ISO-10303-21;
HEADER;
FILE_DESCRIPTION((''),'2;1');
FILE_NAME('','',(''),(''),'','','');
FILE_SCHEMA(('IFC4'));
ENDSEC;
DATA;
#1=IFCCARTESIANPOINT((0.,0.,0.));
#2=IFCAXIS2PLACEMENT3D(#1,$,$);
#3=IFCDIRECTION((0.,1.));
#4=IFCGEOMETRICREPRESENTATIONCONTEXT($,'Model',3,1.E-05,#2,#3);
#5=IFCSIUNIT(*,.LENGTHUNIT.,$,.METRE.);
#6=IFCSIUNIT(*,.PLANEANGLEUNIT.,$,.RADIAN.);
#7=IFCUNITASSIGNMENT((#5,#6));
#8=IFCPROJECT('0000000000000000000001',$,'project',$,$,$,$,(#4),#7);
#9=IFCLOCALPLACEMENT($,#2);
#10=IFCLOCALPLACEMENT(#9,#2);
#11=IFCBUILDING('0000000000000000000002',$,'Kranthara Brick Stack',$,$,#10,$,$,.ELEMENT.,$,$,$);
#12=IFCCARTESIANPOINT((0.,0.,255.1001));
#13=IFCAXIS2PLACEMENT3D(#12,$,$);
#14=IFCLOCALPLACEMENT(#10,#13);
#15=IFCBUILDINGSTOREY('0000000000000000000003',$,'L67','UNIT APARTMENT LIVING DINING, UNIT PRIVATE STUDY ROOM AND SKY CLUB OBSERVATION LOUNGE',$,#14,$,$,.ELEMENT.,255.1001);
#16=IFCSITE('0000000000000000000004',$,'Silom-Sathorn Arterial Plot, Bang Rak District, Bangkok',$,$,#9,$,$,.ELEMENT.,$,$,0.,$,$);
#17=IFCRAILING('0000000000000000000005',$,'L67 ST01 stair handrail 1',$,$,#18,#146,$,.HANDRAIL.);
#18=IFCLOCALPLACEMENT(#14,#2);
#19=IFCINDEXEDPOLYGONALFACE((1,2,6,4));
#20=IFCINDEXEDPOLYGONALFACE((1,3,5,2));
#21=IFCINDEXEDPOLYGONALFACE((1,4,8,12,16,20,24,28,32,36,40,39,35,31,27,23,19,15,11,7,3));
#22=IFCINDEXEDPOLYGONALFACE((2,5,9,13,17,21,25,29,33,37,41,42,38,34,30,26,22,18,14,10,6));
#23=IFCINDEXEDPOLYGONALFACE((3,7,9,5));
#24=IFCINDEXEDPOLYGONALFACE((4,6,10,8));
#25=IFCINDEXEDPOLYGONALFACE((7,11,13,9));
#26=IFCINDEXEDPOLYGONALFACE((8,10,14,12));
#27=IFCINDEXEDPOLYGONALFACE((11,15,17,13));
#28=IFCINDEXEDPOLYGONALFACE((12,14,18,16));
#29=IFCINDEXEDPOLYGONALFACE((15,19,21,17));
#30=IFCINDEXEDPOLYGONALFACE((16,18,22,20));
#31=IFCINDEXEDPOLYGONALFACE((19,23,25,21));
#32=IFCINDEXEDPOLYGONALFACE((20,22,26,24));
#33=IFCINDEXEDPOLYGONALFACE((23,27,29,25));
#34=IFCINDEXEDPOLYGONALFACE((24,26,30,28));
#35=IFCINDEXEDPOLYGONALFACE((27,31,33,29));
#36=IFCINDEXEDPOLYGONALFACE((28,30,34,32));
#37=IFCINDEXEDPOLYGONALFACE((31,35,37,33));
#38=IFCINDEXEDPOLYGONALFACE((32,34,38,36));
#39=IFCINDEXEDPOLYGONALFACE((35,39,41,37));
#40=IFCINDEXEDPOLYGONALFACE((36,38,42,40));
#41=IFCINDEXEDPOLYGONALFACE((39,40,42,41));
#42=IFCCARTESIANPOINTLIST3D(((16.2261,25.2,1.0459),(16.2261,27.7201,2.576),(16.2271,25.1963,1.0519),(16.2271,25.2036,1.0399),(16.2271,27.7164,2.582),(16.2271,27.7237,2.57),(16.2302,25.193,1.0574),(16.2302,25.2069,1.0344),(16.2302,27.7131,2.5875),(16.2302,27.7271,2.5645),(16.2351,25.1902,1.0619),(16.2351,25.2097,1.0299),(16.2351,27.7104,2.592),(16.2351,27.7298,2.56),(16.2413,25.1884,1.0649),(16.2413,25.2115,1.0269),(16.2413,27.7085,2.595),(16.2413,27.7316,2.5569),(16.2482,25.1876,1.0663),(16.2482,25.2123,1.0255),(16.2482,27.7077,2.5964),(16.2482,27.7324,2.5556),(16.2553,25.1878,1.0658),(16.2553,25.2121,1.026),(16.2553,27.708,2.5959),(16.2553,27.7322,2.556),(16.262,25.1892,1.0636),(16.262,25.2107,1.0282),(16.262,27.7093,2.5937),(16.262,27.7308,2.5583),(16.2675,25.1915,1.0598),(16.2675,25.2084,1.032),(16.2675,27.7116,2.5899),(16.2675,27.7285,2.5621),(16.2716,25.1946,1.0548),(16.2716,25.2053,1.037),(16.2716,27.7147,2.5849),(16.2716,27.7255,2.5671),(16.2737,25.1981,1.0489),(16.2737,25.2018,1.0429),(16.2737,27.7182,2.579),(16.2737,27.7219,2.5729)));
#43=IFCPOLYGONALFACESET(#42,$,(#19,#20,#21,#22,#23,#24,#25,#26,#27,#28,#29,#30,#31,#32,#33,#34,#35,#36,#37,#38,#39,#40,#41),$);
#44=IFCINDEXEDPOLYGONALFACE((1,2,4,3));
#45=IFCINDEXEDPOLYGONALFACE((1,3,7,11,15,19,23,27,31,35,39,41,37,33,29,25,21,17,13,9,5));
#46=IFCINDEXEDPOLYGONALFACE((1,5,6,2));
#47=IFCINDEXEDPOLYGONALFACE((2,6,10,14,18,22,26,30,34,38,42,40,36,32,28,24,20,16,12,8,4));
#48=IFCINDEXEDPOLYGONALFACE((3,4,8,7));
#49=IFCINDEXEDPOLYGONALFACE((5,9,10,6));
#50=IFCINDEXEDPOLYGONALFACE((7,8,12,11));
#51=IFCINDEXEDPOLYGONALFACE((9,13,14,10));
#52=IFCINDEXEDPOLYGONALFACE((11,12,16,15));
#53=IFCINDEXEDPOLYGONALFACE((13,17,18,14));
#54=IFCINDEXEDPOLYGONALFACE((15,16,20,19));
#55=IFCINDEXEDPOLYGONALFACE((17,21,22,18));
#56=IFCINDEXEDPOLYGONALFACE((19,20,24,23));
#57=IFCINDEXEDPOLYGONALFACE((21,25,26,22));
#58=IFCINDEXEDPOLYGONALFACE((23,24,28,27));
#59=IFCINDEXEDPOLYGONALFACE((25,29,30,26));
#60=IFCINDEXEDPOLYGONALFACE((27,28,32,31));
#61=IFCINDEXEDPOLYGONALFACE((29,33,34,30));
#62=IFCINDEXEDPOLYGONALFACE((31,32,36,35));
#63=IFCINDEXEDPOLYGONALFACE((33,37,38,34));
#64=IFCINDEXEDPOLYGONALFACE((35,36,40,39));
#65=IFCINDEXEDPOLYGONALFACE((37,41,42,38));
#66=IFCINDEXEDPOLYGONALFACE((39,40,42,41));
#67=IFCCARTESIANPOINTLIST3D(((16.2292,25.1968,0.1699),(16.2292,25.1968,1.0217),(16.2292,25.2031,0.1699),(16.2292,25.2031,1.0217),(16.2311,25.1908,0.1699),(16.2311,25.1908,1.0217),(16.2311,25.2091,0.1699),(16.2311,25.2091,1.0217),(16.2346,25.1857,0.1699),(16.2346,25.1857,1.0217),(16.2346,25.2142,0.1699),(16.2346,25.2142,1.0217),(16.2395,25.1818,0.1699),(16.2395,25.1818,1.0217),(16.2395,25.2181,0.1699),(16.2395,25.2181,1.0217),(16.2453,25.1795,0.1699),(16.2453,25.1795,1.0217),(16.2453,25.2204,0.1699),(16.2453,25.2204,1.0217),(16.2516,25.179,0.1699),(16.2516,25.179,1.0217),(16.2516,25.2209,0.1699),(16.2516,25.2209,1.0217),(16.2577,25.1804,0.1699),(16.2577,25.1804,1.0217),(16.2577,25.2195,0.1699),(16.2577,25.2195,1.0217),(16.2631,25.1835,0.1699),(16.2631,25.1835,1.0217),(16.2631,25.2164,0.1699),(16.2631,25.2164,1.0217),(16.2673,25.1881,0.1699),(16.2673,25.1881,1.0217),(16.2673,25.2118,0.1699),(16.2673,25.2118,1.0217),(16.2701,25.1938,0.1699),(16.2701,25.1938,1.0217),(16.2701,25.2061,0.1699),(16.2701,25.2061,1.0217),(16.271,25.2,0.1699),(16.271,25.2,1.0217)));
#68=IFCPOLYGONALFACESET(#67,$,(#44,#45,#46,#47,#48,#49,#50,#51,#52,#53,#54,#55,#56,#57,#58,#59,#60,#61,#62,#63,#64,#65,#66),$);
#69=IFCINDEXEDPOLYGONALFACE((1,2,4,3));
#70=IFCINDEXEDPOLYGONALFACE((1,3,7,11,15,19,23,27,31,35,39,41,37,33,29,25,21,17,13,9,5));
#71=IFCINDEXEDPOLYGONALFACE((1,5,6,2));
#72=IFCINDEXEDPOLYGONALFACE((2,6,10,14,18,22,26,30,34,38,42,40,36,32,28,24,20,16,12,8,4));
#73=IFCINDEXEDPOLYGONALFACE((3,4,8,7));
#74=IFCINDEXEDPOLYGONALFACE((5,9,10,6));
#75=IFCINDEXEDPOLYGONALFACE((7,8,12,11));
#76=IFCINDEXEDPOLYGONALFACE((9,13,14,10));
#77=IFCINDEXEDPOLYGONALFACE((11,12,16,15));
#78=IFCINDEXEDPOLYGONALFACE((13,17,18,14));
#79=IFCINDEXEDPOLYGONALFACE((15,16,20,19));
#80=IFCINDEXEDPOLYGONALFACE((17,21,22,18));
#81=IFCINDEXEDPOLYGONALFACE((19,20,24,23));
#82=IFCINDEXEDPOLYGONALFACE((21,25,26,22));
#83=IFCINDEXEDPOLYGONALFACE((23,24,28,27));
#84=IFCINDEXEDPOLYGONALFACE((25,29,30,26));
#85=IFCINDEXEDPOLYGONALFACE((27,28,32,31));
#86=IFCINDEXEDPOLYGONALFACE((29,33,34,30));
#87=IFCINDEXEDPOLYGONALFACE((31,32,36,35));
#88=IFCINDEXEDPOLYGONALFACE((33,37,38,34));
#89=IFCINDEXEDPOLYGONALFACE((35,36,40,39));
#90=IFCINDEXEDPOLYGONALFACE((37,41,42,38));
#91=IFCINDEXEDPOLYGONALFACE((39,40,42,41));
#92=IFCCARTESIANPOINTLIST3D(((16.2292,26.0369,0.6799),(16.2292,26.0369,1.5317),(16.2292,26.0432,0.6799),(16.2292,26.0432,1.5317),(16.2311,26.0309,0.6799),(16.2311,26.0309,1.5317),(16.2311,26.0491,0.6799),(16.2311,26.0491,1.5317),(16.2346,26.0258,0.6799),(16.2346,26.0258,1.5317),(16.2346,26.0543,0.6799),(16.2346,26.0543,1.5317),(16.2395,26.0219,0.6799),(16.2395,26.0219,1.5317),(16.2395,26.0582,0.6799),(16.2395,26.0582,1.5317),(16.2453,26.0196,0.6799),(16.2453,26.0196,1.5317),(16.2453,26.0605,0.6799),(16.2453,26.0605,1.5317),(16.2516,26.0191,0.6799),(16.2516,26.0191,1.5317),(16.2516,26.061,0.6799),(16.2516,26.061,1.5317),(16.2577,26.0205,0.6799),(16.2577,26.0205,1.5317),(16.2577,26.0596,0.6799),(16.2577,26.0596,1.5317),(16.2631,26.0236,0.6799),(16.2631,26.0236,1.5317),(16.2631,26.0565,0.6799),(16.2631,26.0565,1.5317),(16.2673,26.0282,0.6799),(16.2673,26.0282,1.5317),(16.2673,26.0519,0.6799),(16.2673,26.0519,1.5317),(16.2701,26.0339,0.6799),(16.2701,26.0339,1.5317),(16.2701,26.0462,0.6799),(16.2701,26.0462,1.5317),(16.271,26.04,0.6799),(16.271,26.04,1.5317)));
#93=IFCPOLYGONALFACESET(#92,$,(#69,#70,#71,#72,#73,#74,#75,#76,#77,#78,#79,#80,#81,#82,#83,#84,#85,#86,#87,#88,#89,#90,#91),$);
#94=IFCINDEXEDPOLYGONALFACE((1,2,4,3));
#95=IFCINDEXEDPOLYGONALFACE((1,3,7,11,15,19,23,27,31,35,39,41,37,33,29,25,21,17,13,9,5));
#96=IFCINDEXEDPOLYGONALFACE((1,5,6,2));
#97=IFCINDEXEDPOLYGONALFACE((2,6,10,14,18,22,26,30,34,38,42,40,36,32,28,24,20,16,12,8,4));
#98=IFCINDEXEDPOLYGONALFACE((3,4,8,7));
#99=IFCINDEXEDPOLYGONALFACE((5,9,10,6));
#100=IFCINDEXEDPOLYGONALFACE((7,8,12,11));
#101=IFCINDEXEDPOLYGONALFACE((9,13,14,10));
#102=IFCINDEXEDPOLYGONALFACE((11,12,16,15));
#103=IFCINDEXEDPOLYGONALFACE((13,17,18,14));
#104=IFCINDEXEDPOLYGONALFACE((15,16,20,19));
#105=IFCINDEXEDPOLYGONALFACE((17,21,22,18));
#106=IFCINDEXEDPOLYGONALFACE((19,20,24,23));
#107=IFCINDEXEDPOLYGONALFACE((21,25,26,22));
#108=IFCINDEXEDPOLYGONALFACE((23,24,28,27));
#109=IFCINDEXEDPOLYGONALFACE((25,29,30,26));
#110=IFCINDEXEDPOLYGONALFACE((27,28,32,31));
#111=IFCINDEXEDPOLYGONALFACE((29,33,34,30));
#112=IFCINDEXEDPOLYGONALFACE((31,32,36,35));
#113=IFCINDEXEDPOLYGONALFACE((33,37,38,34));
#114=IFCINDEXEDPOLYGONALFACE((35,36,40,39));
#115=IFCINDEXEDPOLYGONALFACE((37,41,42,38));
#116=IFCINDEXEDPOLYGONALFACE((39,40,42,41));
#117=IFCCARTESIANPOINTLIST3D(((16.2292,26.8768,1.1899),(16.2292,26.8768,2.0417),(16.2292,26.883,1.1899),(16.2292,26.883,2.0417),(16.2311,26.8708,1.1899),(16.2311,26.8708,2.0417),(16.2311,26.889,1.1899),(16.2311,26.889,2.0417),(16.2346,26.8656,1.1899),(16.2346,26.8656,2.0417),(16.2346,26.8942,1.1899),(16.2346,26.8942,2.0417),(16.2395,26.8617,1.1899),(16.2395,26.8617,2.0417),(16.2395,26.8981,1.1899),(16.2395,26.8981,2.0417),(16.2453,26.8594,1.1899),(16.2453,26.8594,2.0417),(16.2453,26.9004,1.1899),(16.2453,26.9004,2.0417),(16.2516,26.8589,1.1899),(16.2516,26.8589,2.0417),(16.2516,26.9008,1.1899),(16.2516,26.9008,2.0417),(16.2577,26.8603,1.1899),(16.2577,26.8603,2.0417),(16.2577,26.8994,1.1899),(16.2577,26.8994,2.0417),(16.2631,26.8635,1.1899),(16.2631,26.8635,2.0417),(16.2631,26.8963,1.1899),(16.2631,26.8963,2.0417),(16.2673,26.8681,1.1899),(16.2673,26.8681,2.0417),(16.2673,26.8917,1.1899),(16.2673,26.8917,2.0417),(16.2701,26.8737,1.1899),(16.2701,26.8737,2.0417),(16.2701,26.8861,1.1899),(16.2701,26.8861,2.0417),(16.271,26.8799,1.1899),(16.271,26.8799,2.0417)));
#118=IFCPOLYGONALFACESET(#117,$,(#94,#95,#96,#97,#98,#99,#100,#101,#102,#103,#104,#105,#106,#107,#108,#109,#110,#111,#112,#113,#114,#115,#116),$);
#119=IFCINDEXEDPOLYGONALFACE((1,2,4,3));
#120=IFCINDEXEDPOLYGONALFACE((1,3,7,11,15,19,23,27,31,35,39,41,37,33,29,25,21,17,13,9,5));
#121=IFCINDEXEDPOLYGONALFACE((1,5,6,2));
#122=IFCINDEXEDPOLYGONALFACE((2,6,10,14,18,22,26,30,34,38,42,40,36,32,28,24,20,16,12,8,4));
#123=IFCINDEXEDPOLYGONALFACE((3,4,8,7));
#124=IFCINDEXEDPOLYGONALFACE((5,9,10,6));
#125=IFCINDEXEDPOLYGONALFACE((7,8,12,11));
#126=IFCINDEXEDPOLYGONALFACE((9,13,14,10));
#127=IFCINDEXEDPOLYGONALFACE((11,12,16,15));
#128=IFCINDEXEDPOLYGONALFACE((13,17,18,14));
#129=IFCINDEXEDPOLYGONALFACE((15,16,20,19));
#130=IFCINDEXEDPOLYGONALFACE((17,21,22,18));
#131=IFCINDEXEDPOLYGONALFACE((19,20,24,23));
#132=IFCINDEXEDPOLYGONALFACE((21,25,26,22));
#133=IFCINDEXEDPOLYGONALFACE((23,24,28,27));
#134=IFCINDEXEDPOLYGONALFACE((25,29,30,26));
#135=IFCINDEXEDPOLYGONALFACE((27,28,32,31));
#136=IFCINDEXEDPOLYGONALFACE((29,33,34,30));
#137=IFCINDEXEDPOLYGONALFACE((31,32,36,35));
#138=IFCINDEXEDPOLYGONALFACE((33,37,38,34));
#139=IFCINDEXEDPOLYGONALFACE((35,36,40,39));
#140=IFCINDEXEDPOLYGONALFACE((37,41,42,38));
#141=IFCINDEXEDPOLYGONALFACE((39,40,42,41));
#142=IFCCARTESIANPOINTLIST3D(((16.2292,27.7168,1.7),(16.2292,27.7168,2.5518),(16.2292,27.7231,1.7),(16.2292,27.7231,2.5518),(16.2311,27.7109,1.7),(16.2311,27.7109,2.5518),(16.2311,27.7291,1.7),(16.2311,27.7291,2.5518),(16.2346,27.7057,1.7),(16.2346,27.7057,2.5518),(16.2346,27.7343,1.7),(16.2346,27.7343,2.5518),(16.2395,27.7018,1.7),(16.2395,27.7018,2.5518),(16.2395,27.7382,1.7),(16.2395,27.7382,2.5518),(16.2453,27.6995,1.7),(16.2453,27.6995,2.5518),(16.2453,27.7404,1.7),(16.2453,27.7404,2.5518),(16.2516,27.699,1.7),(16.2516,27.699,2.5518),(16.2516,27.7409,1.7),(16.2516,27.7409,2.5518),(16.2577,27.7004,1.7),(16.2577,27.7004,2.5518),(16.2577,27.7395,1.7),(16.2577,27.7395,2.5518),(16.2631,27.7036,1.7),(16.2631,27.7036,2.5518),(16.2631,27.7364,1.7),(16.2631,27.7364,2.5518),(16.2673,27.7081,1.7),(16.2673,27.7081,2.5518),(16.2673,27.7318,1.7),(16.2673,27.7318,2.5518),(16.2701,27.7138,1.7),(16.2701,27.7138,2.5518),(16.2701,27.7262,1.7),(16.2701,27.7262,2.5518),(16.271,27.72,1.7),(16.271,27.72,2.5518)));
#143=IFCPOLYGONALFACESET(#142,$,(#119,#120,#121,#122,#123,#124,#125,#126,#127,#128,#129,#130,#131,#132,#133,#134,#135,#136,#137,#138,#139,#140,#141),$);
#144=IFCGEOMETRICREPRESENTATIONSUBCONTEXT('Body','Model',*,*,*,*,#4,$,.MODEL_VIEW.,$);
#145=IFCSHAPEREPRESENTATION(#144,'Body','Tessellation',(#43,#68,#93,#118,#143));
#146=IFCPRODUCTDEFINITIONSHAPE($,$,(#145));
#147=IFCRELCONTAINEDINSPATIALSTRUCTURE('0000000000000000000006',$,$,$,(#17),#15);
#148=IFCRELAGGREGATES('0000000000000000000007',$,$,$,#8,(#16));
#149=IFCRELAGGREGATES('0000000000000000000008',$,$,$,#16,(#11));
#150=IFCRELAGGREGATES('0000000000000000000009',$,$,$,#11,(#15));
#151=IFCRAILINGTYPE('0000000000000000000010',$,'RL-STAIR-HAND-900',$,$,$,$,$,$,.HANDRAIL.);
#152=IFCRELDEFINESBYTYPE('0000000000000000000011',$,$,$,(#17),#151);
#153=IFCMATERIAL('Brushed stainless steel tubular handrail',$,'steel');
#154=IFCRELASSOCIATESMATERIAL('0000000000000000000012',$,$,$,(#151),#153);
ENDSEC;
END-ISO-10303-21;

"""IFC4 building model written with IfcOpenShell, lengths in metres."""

from ifc_helpers import new_model, si_unit, direction, frame, origin, origin_2d, place, context, subcontext, project, spatial, circle, extrude, material, type_object, element, save


model = new_model("IFC4")

# Units and contexts
model_context = context("Model", 3, precision=1e-05, world=origin(), true_north=direction((0.0, 1.0)))
body_context = subcontext(model_context, "Body", "Model", "MODEL_VIEW")
ifc_project = project(units=[si_unit("LENGTHUNIT", "METRE"), si_unit("PLANEANGLEUNIT", "RADIAN")], contexts=[model_context])

# Site, building, storey
site_placement = place(None, origin())
site = spatial("IfcSite", under=ifc_project, at=site_placement, Name="Silom-Sathorn Arterial Plot, Bang Rak District, Bangkok", CompositionType="ELEMENT", RefElevation=0.0)
building_placement = place(site_placement, origin())
building = spatial("IfcBuilding", under=site, at=building_placement, Name="Kranthara Brick Stack", CompositionType="ELEMENT")
storey_placement = place(building_placement, frame((0.0, 0.0, 255.1001)))
storey = spatial("IfcBuildingStorey", under=building, at=storey_placement, Name="L67", Description="UNIT APARTMENT LIVING DINING, UNIT PRIVATE STUDY ROOM AND SKY CLUB OBSERVATION LOUNGE", CompositionType="ELEMENT", Elevation=255.1001)

# Railing
ifc_material_1 = material(Name="Brushed stainless steel tubular handrail", Category="steel")
railing_type_1 = type_object("IfcRailingType", Name="RL-STAIR-HAND-900", PredefinedType="HANDRAIL", material=ifc_material_1)
railing_1_placement = place(storey_placement, frame((16.25, 25.2, 0.1699)))
element("IfcRailing", 1, at=railing_1_placement, inside=storey, type_object=railing_type_1, Name="L67 ST01 stair handrail 1", PredefinedType="HANDRAIL", context=body_context, shape_type="SweptSolid", body=[
    extrude(circle(Radius=0.0239, at=origin_2d()), frame((0.0, 0.0, 0.876), z_axis=(0.0, 0.854785, 0.518982), x_axis=(-1.0, 0.0, 0.0)), (0.0, 0.0, 1.0), 2.9482),
    extrude(circle(Radius=0.021, at=origin_2d()), origin(), (0.0, 0.0, 1.0), 0.8518),
    extrude(circle(Radius=0.021, at=origin_2d()), frame((0.0, 0.8401, 0.51)), (0.0, 0.0, 1.0), 0.8518),
    extrude(circle(Radius=0.021, at=origin_2d()), frame((0.0, 1.6799, 1.02)), (0.0, 0.0, 1.0), 0.8518),
    extrude(circle(Radius=0.021, at=origin_2d()), frame((0.0, 2.52, 1.53)), (0.0, 0.0, 1.0), 0.8518),
])

save(model, "model.ifc")
